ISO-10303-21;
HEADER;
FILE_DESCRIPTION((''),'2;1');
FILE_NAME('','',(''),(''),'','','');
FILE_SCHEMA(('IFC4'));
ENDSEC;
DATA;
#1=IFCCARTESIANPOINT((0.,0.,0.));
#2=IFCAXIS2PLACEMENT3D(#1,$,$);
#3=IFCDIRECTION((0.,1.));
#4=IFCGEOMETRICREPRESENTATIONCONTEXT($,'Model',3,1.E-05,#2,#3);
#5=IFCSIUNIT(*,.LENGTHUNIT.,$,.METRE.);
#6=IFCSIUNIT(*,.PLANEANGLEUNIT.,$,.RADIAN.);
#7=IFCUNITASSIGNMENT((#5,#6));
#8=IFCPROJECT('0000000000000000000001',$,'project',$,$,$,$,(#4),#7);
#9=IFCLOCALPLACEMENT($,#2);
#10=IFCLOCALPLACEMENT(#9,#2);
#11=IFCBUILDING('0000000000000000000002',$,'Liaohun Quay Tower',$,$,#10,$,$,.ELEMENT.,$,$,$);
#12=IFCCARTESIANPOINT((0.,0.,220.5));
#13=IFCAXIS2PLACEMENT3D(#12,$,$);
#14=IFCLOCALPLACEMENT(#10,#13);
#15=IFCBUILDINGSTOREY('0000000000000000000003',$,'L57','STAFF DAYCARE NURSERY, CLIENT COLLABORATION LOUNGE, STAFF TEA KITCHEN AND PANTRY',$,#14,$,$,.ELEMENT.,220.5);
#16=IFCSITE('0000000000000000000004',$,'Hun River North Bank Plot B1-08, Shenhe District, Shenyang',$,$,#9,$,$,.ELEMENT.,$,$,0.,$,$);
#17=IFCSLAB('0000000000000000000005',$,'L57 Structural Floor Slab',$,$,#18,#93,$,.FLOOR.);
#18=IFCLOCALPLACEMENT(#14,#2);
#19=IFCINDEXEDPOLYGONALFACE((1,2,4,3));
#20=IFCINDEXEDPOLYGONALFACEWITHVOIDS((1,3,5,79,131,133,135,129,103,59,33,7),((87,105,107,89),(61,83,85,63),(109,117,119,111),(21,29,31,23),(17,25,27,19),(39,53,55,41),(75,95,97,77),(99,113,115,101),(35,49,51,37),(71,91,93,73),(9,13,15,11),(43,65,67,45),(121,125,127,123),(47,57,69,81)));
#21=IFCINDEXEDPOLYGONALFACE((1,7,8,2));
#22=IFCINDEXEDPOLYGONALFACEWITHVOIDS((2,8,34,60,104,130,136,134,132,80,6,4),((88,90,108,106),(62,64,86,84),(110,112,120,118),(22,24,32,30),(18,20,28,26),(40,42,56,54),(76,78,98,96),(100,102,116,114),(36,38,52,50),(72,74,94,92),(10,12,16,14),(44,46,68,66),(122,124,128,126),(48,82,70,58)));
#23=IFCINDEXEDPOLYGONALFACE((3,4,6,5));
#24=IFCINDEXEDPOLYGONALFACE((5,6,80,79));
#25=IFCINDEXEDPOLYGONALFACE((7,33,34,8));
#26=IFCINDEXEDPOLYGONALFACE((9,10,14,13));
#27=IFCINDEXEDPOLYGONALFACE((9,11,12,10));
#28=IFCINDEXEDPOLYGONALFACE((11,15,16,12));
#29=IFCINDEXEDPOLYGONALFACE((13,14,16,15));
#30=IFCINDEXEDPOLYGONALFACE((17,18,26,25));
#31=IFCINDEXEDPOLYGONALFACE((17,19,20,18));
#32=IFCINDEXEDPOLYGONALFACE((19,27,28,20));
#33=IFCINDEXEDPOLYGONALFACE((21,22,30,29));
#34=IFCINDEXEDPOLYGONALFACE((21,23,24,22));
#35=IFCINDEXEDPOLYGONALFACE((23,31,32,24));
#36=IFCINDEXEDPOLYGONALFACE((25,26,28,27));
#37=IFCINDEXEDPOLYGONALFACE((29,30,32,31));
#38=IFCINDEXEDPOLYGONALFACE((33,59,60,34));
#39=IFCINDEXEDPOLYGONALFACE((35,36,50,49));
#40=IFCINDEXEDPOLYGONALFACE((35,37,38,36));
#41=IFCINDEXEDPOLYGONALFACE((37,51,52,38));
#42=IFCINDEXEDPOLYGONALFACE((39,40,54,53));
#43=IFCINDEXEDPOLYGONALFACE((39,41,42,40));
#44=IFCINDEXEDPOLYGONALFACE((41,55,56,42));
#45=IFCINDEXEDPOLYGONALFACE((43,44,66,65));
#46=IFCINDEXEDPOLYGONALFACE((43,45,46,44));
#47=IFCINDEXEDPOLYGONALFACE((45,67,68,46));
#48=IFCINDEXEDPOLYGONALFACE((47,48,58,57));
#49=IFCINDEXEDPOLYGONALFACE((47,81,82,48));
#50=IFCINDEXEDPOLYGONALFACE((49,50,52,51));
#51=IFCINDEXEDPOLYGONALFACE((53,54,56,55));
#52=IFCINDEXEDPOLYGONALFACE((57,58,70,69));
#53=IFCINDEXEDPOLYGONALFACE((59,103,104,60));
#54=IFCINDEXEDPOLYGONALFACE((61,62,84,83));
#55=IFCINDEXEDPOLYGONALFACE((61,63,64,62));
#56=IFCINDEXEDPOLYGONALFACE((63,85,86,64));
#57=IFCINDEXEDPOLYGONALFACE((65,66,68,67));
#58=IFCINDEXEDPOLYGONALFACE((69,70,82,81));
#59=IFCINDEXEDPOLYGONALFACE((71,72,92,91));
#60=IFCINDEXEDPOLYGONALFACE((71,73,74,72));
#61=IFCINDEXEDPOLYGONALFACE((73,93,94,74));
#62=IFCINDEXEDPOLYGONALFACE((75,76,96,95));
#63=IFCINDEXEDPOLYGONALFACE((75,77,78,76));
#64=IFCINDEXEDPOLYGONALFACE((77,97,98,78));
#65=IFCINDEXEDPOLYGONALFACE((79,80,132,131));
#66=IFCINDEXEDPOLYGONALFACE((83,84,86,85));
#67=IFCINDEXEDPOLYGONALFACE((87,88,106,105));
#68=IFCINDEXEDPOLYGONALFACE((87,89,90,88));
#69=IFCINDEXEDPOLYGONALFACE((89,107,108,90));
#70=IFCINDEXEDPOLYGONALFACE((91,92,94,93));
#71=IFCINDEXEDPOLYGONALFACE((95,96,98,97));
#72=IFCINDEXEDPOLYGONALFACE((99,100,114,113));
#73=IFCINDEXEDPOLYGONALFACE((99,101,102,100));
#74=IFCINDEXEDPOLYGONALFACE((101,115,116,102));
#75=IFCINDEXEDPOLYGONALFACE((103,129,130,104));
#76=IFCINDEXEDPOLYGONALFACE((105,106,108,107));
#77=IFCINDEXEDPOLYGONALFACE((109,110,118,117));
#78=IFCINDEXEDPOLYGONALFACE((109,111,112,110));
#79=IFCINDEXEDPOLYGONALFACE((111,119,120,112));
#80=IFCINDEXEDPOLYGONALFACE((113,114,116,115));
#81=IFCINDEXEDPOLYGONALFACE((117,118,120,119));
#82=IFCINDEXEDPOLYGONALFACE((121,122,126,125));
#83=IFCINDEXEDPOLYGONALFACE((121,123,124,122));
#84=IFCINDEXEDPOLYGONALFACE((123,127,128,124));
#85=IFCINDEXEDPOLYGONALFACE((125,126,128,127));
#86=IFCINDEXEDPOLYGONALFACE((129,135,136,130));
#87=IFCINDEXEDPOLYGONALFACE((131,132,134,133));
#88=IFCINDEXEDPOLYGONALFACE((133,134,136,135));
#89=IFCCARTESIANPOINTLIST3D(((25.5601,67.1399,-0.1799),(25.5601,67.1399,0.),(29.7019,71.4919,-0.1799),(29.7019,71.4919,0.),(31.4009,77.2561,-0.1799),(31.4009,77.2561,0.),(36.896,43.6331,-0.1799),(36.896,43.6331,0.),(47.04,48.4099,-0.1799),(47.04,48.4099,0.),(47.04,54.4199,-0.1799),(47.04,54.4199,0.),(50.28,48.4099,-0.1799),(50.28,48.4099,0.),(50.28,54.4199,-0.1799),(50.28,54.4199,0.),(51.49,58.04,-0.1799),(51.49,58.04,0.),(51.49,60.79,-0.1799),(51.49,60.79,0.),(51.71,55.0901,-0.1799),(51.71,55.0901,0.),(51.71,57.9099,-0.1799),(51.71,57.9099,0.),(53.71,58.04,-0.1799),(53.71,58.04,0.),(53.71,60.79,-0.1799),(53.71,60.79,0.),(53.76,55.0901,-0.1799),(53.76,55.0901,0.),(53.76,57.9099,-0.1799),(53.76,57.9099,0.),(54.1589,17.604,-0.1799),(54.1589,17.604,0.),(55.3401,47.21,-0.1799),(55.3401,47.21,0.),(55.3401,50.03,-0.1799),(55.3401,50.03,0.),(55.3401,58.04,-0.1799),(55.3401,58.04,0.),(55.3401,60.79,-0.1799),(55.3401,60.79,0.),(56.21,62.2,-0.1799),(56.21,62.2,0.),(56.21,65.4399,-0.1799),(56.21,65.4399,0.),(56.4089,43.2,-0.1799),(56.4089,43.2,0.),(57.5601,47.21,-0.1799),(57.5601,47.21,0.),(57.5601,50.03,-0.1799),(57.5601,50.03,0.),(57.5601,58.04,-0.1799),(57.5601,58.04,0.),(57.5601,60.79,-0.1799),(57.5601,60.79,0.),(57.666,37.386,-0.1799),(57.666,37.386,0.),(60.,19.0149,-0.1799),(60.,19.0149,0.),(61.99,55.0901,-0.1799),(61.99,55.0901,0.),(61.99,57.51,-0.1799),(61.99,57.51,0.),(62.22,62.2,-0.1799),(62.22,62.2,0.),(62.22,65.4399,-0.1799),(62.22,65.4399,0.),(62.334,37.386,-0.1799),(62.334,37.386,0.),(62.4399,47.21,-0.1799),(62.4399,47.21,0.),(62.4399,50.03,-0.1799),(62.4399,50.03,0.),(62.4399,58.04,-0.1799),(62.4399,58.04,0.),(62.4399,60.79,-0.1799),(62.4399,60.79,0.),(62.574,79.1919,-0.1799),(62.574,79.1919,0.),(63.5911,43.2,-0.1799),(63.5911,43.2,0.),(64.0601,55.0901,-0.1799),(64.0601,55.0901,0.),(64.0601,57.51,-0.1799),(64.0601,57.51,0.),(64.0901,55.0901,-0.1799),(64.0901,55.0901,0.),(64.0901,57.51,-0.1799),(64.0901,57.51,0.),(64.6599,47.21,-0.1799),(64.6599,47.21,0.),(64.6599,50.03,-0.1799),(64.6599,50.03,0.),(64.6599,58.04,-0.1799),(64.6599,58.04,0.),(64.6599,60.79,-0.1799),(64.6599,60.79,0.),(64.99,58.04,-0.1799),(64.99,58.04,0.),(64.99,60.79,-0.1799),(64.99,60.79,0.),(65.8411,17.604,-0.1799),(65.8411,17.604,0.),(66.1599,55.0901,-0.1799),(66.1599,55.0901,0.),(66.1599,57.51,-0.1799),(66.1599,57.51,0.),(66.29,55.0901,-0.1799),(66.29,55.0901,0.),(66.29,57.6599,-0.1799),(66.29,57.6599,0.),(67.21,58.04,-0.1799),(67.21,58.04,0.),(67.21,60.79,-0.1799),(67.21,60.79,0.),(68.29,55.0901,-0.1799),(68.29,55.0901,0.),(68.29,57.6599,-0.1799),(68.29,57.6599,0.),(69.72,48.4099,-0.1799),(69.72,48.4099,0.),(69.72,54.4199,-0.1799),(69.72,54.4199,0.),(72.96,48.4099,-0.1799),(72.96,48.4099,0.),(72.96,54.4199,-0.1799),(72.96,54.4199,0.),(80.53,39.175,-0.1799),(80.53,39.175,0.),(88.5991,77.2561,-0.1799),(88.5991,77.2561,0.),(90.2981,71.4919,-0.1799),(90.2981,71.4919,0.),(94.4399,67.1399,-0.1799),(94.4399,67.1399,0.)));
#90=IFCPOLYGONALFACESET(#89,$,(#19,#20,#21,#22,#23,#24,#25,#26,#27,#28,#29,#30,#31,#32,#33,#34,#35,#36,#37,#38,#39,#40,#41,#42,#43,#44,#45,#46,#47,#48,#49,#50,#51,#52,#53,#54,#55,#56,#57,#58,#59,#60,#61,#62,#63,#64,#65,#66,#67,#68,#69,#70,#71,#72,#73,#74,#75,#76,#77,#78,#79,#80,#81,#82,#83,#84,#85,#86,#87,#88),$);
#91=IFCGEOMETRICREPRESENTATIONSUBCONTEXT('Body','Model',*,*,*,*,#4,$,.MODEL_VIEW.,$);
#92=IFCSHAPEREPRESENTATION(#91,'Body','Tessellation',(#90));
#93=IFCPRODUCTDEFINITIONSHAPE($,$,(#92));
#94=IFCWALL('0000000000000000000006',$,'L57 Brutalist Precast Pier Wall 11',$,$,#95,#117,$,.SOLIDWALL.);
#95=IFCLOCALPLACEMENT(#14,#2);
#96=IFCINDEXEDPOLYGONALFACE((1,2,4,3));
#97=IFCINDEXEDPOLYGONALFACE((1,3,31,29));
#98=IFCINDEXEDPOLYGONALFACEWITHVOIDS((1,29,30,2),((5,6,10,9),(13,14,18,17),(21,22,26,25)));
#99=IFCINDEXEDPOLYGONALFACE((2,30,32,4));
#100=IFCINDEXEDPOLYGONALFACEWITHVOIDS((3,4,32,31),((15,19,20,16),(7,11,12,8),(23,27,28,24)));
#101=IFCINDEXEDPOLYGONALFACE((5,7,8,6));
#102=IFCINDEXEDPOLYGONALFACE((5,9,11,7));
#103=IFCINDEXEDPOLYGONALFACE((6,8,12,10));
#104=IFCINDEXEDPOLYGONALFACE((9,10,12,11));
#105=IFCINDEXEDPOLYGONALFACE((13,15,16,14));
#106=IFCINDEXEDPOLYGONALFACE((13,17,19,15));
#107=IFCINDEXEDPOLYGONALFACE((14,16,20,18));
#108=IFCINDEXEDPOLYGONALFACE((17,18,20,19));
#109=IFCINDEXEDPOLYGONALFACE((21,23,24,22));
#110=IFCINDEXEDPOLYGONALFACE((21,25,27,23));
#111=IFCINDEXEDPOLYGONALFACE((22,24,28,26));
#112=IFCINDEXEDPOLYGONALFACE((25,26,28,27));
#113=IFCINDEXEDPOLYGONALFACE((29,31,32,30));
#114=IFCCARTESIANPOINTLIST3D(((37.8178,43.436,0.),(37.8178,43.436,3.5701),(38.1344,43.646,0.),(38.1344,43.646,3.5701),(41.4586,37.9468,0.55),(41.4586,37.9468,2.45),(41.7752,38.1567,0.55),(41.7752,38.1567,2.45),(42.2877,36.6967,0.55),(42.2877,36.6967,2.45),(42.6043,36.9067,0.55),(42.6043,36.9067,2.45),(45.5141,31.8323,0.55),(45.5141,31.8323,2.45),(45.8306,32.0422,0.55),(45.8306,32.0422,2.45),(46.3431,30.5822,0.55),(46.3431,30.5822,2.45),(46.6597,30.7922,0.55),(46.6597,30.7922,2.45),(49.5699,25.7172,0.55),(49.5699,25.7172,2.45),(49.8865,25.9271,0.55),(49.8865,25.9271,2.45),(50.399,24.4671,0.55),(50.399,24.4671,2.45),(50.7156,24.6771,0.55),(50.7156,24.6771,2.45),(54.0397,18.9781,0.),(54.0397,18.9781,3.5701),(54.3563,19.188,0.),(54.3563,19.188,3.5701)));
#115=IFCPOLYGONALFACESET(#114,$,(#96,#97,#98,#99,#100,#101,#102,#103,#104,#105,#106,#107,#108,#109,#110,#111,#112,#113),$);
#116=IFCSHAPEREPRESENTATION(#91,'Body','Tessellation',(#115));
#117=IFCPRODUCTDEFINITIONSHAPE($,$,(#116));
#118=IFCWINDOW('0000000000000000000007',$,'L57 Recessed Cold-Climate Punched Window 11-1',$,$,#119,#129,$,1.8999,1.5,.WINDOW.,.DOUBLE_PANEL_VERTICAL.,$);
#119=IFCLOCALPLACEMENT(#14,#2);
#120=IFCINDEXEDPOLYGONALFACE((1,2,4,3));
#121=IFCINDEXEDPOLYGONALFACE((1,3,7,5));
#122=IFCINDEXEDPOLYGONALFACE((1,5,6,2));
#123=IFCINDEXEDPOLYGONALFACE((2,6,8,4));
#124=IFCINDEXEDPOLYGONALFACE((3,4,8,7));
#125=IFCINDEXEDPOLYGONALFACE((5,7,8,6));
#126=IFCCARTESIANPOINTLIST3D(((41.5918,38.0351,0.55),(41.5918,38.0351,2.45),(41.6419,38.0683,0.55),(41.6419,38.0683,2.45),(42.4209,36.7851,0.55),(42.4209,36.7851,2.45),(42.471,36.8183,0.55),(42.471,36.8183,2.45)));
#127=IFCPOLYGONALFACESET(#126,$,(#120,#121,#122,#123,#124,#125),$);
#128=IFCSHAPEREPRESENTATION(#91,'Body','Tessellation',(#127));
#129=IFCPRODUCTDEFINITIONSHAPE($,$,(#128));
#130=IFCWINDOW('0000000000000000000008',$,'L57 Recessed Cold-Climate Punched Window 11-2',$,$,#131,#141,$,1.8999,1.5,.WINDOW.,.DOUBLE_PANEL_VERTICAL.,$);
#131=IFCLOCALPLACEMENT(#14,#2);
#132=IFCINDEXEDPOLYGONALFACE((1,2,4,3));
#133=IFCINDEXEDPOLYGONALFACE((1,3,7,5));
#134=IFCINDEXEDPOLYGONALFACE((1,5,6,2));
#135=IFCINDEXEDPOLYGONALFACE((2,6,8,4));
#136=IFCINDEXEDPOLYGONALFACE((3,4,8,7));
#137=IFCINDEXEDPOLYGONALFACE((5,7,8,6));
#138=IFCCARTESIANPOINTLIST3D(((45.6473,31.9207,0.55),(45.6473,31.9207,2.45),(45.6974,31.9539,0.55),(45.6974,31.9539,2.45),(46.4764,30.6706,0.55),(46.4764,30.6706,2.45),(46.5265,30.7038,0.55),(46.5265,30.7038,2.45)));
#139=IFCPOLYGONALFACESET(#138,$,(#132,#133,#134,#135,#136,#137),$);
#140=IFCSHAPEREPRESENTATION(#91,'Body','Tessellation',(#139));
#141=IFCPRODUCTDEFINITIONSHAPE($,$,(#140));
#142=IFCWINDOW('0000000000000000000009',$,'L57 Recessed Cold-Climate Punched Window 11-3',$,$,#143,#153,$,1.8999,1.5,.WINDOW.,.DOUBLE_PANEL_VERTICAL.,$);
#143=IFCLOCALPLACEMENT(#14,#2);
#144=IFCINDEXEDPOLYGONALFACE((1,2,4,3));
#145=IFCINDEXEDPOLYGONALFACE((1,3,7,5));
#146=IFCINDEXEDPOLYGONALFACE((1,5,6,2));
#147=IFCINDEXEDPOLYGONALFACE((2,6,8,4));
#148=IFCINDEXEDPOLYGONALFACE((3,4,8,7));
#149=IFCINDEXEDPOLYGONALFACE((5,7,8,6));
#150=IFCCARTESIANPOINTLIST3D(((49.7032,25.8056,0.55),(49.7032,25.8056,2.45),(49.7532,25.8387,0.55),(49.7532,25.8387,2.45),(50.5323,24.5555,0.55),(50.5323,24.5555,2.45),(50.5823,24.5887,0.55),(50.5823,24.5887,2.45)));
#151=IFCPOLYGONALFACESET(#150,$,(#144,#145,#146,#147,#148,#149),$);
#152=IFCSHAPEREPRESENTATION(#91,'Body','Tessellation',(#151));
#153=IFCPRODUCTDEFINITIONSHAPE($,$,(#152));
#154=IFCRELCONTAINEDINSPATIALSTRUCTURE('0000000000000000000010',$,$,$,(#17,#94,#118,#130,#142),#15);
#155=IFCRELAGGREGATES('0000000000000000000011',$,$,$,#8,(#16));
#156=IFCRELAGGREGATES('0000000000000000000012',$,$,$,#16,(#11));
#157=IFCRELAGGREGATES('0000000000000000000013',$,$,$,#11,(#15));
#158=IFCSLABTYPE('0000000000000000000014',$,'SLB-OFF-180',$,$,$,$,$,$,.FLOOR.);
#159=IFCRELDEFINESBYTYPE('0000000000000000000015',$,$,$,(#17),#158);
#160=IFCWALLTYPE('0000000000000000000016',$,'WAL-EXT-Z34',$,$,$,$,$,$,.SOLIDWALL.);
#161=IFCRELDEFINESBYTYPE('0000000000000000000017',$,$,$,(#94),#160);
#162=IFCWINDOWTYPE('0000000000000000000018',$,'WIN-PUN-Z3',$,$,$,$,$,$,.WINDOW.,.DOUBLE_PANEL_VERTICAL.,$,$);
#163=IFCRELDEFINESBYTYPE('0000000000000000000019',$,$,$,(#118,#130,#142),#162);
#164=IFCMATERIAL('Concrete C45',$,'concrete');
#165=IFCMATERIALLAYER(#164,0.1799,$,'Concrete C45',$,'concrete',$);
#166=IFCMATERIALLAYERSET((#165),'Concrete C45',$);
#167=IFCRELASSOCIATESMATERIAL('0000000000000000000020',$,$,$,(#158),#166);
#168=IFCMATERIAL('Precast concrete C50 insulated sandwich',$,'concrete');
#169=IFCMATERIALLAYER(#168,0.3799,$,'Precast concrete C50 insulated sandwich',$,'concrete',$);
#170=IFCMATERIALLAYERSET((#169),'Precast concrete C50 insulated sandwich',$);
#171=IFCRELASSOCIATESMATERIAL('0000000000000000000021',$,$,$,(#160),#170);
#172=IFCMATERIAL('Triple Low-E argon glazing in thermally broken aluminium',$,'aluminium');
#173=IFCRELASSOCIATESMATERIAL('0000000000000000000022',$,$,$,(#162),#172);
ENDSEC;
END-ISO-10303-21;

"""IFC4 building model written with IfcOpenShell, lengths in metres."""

from ifc_helpers import new_model, si_unit, direction, frame, frame_2d, origin, place, context, subcontext, project, spatial, polyline, rectangle, outline, extrude, source, transform, mapped, material, layer, layer_set, type_object, element, fill, save


model = new_model("IFC4")

# Units and contexts
model_context = context("Model", 3, precision=1e-05, world=origin(), true_north=direction((0.0, 1.0)))
body_context = subcontext(model_context, "Body", "Model", "MODEL_VIEW")
ifc_project = project(units=[si_unit("LENGTHUNIT", "METRE"), si_unit("PLANEANGLEUNIT", "RADIAN")], contexts=[model_context])

# Site, building, storey
site_placement = place(None, origin())
site = spatial("IfcSite", under=ifc_project, at=site_placement, Name="Hun River North Bank Plot B1-08, Shenhe District, Shenyang", CompositionType="ELEMENT", RefElevation=0.0)
building_placement = place(site_placement, origin())
building = spatial("IfcBuilding", under=site, at=building_placement, Name="Liaohun Quay Tower", CompositionType="ELEMENT")
storey_placement = place(building_placement, frame((0.0, 0.0, 220.5)))
storey = spatial("IfcBuildingStorey", under=building, at=storey_placement, Name="L57", Description="STAFF DAYCARE NURSERY, CLIENT COLLABORATION LOUNGE, STAFF TEA KITCHEN AND PANTRY", CompositionType="ELEMENT", Elevation=220.5)

# Shared definitions
ifc_material_1 = material(Name="Concrete C45", Category="concrete")

# Slab
ifc_layer_1 = layer(ifc_material_1, 0.1799, Name="Concrete C45", Category="concrete")
ifc_layer_set_1 = layer_set([ifc_layer_1], Name="Concrete C45")
slab_type_1 = type_object("IfcSlabType", Name="SLB-OFF-180", PredefinedType="FLOOR", material=ifc_layer_set_1)
slab_1_placement = place(storey_placement, frame((0.0, 0.0, -0.1799)))
element("IfcSlab", 1, at=slab_1_placement, inside=storey, type_object=slab_type_1, Name="L57 Structural Floor Slab", PredefinedType="FLOOR", context=body_context, shape_type="SweptSolid", body=[
    extrude(outline(polyline([(54.1589, 17.604), (60.0, 19.0149), (65.8411, 17.604), (80.53, 39.175), (94.4399, 67.1399), (90.2981, 71.4919), (88.5991, 77.2561), (62.574, 79.1919), (31.4009, 77.2561), (29.7019, 71.4919), (25.5601, 67.1399), (36.896, 43.6331), (54.1589, 17.604)]), holes=[polyline([(63.5911, 43.2), (56.4089, 43.2), (57.666, 37.386), (62.334, 37.386), (63.5911, 43.2)]), polyline([(57.5601, 47.21), (57.5601, 50.03), (55.3401, 50.03), (55.3401, 47.21), (57.5601, 47.21)]), polyline([(50.28, 54.4199), (47.04, 54.4199), (47.04, 48.4099), (50.28, 48.4099), (50.28, 54.4199)]), polyline([(53.76, 55.0901), (53.76, 57.9099), (51.71, 57.9099), (51.71, 55.0901), (53.76, 55.0901)]), polyline([(53.71, 58.04), (53.71, 60.79), (51.49, 60.79), (51.49, 58.04), (53.71, 58.04)]), polyline([(57.5601, 58.04), (57.5601, 60.79), (55.3401, 60.79), (55.3401, 58.04), (57.5601, 58.04)]), polyline([(62.22, 62.2), (62.22, 65.4399), (56.21, 65.4399), (56.21, 62.2), (62.22, 62.2)]), polyline([(64.6599, 50.03), (62.4399, 50.03), (62.4399, 47.21), (64.6599, 47.21), (64.6599, 50.03)]), polyline([(72.96, 54.4199), (69.72, 54.4199), (69.72, 48.4099), (72.96, 48.4099), (72.96, 54.4199)]), polyline([(64.0601, 55.0901), (64.0601, 57.51), (61.99, 57.51), (61.99, 55.0901), (64.0601, 55.0901)]), polyline([(66.1599, 55.0901), (66.1599, 57.51), (64.0901, 57.51), (64.0901, 55.0901), (66.1599, 55.0901)]), polyline([(68.29, 55.0901), (68.29, 57.6599), (66.29, 57.6599), (66.29, 55.0901), (68.29, 55.0901)]), polyline([(64.6599, 58.04), (64.6599, 60.79), (62.4399, 60.79), (62.4399, 58.04), (64.6599, 58.04)]), polyline([(67.21, 58.04), (67.21, 60.79), (64.99, 60.79), (64.99, 58.04), (67.21, 58.04)])]), origin(), (0.0, 0.0, 1.0), 0.1799),
])

# Wall, openings, windows
ifc_material_2 = material(Name="Precast concrete C50 insulated sandwich", Category="concrete")
ifc_layer_2 = layer(ifc_material_2, 0.3799, Name="Precast concrete C50 insulated sandwich", Category="concrete")
ifc_layer_set_2 = layer_set([ifc_layer_2], Name="Precast concrete C50 insulated sandwich")
wall_type_1 = type_object("IfcWallType", Name="WAL-EXT-Z34", PredefinedType="SOLIDWALL", material=ifc_layer_set_2)
wall_1_placement = place(storey_placement, frame((37.9761, 43.541, 0.0), z_axis=(0.0, 0.0, 1.0), x_axis=(0.552731, -0.83336, 0.0)))
wall_1 = element("IfcWall", 2, at=wall_1_placement, inside=storey, type_object=wall_type_1, Name="L57 Brutalist Precast Pier Wall 11", PredefinedType="SOLIDWALL", context=body_context, shape_type="SweptSolid", body=[
    extrude(rectangle(XDim=29.3486, YDim=0.3799, at=frame_2d((14.6743, 0.0))), origin(), (0.0, 0.0, 1.0), 3.5701),
])
shared_shape_1 = source(origin(), body_context, "Body", "SweptSolid", [
    extrude(rectangle(XDim=1.5, YDim=1.8999, at=frame_2d((0.75, 0.95))), frame((0.0, 0.2, 0.0), z_axis=(0.0, -1.0, 0.0), x_axis=(1.0, 0.0, 0.0)), (0.0, 0.0, 1.0), 0.3999),
])
opening_1_placement = place(wall_1_placement, frame((6.5869, 0.0, 0.55)))
opening_1 = element("IfcOpeningElement", 3, at=opening_1_placement, cuts=wall_1, PredefinedType="OPENING", context=body_context, shape_type="MappedRepresentation", body=[
    mapped(shared_shape_1, transform((0.0, 0.0, 0.0), x_axis=(1.0, 0.0, 0.0), y_axis=(0.0, 1.0, 0.0), z_axis=(0.0, 0.0, 1.0), scale=1.0)),
])
opening_2_placement = place(wall_1_placement, frame((13.9241, 0.0, 0.55)))
opening_2 = element("IfcOpeningElement", 4, at=opening_2_placement, cuts=wall_1, PredefinedType="OPENING", context=body_context, shape_type="MappedRepresentation", body=[
    mapped(shared_shape_1, transform((0.0, 0.0, 0.0), x_axis=(1.0, 0.0, 0.0), y_axis=(0.0, 1.0, 0.0), z_axis=(0.0, 0.0, 1.0), scale=1.0)),
])
opening_3_placement = place(wall_1_placement, frame((21.262, 0.0, 0.55)))
opening_3 = element("IfcOpeningElement", 5, at=opening_3_placement, cuts=wall_1, PredefinedType="OPENING", context=body_context, shape_type="MappedRepresentation", body=[
    mapped(shared_shape_1, transform((0.0, 0.0, 0.0), x_axis=(1.0, 0.0, 0.0), y_axis=(0.0, 1.0, 0.0), z_axis=(0.0, 0.0, 1.0), scale=1.0)),
])
ifc_material_3 = material(Name="Triple Low-E argon glazing in thermally broken aluminium", Category="aluminium")
window_type = type_object("IfcWindowType", Name="WIN-PUN-Z3", PartitioningType="DOUBLE_PANEL_VERTICAL", PredefinedType="WINDOW", material=ifc_material_3)
shared_shape_2 = source(origin(), body_context, "Body", "SweptSolid", [
    extrude(rectangle(XDim=1.5, YDim=1.8999, at=frame_2d((0.75, 0.95))), frame((0.0, 0.03, 0.0), z_axis=(0.0, -1.0, 0.0), x_axis=(1.0, 0.0, 0.0)), (0.0, 0.0, 1.0), 0.0601),
])
window_1_placement = place(opening_1_placement, origin())
window_1 = element("IfcWindow", 6, at=window_1_placement, inside=storey, type_object=window_type, Name="L57 Recessed Cold-Climate Punched Window 11-1", OverallHeight=1.8999, OverallWidth=1.5, PartitioningType="DOUBLE_PANEL_VERTICAL", PredefinedType="WINDOW", context=body_context, shape_type="MappedRepresentation", body=[
    mapped(shared_shape_2, transform((0.0, 0.0, 0.0), x_axis=(1.0, 0.0, 0.0), y_axis=(0.0, 1.0, 0.0), z_axis=(0.0, 0.0, 1.0), scale=1.0)),
])
fill(opening_1, window_1)
window_2_placement = place(opening_2_placement, origin())
window_2 = element("IfcWindow", 7, at=window_2_placement, inside=storey, type_object=window_type, Name="L57 Recessed Cold-Climate Punched Window 11-2", OverallHeight=1.8999, OverallWidth=1.5, PartitioningType="DOUBLE_PANEL_VERTICAL", PredefinedType="WINDOW", context=body_context, shape_type="MappedRepresentation", body=[
    mapped(shared_shape_2, transform((0.0, 0.0, 0.0), x_axis=(1.0, 0.0, 0.0), y_axis=(0.0, 1.0, 0.0), z_axis=(0.0, 0.0, 1.0), scale=1.0)),
])
fill(opening_2, window_2)
window_3_placement = place(opening_3_placement, origin())
window_3 = element("IfcWindow", 8, at=window_3_placement, inside=storey, type_object=window_type, Name="L57 Recessed Cold-Climate Punched Window 11-3", OverallHeight=1.8999, OverallWidth=1.5, PartitioningType="DOUBLE_PANEL_VERTICAL", PredefinedType="WINDOW", context=body_context, shape_type="MappedRepresentation", body=[
    mapped(shared_shape_2, transform((0.0, 0.0, 0.0), x_axis=(1.0, 0.0, 0.0), y_axis=(0.0, 1.0, 0.0), z_axis=(0.0, 0.0, 1.0), scale=1.0)),
])
fill(opening_3, window_3)

save(model, "model.ifc")
